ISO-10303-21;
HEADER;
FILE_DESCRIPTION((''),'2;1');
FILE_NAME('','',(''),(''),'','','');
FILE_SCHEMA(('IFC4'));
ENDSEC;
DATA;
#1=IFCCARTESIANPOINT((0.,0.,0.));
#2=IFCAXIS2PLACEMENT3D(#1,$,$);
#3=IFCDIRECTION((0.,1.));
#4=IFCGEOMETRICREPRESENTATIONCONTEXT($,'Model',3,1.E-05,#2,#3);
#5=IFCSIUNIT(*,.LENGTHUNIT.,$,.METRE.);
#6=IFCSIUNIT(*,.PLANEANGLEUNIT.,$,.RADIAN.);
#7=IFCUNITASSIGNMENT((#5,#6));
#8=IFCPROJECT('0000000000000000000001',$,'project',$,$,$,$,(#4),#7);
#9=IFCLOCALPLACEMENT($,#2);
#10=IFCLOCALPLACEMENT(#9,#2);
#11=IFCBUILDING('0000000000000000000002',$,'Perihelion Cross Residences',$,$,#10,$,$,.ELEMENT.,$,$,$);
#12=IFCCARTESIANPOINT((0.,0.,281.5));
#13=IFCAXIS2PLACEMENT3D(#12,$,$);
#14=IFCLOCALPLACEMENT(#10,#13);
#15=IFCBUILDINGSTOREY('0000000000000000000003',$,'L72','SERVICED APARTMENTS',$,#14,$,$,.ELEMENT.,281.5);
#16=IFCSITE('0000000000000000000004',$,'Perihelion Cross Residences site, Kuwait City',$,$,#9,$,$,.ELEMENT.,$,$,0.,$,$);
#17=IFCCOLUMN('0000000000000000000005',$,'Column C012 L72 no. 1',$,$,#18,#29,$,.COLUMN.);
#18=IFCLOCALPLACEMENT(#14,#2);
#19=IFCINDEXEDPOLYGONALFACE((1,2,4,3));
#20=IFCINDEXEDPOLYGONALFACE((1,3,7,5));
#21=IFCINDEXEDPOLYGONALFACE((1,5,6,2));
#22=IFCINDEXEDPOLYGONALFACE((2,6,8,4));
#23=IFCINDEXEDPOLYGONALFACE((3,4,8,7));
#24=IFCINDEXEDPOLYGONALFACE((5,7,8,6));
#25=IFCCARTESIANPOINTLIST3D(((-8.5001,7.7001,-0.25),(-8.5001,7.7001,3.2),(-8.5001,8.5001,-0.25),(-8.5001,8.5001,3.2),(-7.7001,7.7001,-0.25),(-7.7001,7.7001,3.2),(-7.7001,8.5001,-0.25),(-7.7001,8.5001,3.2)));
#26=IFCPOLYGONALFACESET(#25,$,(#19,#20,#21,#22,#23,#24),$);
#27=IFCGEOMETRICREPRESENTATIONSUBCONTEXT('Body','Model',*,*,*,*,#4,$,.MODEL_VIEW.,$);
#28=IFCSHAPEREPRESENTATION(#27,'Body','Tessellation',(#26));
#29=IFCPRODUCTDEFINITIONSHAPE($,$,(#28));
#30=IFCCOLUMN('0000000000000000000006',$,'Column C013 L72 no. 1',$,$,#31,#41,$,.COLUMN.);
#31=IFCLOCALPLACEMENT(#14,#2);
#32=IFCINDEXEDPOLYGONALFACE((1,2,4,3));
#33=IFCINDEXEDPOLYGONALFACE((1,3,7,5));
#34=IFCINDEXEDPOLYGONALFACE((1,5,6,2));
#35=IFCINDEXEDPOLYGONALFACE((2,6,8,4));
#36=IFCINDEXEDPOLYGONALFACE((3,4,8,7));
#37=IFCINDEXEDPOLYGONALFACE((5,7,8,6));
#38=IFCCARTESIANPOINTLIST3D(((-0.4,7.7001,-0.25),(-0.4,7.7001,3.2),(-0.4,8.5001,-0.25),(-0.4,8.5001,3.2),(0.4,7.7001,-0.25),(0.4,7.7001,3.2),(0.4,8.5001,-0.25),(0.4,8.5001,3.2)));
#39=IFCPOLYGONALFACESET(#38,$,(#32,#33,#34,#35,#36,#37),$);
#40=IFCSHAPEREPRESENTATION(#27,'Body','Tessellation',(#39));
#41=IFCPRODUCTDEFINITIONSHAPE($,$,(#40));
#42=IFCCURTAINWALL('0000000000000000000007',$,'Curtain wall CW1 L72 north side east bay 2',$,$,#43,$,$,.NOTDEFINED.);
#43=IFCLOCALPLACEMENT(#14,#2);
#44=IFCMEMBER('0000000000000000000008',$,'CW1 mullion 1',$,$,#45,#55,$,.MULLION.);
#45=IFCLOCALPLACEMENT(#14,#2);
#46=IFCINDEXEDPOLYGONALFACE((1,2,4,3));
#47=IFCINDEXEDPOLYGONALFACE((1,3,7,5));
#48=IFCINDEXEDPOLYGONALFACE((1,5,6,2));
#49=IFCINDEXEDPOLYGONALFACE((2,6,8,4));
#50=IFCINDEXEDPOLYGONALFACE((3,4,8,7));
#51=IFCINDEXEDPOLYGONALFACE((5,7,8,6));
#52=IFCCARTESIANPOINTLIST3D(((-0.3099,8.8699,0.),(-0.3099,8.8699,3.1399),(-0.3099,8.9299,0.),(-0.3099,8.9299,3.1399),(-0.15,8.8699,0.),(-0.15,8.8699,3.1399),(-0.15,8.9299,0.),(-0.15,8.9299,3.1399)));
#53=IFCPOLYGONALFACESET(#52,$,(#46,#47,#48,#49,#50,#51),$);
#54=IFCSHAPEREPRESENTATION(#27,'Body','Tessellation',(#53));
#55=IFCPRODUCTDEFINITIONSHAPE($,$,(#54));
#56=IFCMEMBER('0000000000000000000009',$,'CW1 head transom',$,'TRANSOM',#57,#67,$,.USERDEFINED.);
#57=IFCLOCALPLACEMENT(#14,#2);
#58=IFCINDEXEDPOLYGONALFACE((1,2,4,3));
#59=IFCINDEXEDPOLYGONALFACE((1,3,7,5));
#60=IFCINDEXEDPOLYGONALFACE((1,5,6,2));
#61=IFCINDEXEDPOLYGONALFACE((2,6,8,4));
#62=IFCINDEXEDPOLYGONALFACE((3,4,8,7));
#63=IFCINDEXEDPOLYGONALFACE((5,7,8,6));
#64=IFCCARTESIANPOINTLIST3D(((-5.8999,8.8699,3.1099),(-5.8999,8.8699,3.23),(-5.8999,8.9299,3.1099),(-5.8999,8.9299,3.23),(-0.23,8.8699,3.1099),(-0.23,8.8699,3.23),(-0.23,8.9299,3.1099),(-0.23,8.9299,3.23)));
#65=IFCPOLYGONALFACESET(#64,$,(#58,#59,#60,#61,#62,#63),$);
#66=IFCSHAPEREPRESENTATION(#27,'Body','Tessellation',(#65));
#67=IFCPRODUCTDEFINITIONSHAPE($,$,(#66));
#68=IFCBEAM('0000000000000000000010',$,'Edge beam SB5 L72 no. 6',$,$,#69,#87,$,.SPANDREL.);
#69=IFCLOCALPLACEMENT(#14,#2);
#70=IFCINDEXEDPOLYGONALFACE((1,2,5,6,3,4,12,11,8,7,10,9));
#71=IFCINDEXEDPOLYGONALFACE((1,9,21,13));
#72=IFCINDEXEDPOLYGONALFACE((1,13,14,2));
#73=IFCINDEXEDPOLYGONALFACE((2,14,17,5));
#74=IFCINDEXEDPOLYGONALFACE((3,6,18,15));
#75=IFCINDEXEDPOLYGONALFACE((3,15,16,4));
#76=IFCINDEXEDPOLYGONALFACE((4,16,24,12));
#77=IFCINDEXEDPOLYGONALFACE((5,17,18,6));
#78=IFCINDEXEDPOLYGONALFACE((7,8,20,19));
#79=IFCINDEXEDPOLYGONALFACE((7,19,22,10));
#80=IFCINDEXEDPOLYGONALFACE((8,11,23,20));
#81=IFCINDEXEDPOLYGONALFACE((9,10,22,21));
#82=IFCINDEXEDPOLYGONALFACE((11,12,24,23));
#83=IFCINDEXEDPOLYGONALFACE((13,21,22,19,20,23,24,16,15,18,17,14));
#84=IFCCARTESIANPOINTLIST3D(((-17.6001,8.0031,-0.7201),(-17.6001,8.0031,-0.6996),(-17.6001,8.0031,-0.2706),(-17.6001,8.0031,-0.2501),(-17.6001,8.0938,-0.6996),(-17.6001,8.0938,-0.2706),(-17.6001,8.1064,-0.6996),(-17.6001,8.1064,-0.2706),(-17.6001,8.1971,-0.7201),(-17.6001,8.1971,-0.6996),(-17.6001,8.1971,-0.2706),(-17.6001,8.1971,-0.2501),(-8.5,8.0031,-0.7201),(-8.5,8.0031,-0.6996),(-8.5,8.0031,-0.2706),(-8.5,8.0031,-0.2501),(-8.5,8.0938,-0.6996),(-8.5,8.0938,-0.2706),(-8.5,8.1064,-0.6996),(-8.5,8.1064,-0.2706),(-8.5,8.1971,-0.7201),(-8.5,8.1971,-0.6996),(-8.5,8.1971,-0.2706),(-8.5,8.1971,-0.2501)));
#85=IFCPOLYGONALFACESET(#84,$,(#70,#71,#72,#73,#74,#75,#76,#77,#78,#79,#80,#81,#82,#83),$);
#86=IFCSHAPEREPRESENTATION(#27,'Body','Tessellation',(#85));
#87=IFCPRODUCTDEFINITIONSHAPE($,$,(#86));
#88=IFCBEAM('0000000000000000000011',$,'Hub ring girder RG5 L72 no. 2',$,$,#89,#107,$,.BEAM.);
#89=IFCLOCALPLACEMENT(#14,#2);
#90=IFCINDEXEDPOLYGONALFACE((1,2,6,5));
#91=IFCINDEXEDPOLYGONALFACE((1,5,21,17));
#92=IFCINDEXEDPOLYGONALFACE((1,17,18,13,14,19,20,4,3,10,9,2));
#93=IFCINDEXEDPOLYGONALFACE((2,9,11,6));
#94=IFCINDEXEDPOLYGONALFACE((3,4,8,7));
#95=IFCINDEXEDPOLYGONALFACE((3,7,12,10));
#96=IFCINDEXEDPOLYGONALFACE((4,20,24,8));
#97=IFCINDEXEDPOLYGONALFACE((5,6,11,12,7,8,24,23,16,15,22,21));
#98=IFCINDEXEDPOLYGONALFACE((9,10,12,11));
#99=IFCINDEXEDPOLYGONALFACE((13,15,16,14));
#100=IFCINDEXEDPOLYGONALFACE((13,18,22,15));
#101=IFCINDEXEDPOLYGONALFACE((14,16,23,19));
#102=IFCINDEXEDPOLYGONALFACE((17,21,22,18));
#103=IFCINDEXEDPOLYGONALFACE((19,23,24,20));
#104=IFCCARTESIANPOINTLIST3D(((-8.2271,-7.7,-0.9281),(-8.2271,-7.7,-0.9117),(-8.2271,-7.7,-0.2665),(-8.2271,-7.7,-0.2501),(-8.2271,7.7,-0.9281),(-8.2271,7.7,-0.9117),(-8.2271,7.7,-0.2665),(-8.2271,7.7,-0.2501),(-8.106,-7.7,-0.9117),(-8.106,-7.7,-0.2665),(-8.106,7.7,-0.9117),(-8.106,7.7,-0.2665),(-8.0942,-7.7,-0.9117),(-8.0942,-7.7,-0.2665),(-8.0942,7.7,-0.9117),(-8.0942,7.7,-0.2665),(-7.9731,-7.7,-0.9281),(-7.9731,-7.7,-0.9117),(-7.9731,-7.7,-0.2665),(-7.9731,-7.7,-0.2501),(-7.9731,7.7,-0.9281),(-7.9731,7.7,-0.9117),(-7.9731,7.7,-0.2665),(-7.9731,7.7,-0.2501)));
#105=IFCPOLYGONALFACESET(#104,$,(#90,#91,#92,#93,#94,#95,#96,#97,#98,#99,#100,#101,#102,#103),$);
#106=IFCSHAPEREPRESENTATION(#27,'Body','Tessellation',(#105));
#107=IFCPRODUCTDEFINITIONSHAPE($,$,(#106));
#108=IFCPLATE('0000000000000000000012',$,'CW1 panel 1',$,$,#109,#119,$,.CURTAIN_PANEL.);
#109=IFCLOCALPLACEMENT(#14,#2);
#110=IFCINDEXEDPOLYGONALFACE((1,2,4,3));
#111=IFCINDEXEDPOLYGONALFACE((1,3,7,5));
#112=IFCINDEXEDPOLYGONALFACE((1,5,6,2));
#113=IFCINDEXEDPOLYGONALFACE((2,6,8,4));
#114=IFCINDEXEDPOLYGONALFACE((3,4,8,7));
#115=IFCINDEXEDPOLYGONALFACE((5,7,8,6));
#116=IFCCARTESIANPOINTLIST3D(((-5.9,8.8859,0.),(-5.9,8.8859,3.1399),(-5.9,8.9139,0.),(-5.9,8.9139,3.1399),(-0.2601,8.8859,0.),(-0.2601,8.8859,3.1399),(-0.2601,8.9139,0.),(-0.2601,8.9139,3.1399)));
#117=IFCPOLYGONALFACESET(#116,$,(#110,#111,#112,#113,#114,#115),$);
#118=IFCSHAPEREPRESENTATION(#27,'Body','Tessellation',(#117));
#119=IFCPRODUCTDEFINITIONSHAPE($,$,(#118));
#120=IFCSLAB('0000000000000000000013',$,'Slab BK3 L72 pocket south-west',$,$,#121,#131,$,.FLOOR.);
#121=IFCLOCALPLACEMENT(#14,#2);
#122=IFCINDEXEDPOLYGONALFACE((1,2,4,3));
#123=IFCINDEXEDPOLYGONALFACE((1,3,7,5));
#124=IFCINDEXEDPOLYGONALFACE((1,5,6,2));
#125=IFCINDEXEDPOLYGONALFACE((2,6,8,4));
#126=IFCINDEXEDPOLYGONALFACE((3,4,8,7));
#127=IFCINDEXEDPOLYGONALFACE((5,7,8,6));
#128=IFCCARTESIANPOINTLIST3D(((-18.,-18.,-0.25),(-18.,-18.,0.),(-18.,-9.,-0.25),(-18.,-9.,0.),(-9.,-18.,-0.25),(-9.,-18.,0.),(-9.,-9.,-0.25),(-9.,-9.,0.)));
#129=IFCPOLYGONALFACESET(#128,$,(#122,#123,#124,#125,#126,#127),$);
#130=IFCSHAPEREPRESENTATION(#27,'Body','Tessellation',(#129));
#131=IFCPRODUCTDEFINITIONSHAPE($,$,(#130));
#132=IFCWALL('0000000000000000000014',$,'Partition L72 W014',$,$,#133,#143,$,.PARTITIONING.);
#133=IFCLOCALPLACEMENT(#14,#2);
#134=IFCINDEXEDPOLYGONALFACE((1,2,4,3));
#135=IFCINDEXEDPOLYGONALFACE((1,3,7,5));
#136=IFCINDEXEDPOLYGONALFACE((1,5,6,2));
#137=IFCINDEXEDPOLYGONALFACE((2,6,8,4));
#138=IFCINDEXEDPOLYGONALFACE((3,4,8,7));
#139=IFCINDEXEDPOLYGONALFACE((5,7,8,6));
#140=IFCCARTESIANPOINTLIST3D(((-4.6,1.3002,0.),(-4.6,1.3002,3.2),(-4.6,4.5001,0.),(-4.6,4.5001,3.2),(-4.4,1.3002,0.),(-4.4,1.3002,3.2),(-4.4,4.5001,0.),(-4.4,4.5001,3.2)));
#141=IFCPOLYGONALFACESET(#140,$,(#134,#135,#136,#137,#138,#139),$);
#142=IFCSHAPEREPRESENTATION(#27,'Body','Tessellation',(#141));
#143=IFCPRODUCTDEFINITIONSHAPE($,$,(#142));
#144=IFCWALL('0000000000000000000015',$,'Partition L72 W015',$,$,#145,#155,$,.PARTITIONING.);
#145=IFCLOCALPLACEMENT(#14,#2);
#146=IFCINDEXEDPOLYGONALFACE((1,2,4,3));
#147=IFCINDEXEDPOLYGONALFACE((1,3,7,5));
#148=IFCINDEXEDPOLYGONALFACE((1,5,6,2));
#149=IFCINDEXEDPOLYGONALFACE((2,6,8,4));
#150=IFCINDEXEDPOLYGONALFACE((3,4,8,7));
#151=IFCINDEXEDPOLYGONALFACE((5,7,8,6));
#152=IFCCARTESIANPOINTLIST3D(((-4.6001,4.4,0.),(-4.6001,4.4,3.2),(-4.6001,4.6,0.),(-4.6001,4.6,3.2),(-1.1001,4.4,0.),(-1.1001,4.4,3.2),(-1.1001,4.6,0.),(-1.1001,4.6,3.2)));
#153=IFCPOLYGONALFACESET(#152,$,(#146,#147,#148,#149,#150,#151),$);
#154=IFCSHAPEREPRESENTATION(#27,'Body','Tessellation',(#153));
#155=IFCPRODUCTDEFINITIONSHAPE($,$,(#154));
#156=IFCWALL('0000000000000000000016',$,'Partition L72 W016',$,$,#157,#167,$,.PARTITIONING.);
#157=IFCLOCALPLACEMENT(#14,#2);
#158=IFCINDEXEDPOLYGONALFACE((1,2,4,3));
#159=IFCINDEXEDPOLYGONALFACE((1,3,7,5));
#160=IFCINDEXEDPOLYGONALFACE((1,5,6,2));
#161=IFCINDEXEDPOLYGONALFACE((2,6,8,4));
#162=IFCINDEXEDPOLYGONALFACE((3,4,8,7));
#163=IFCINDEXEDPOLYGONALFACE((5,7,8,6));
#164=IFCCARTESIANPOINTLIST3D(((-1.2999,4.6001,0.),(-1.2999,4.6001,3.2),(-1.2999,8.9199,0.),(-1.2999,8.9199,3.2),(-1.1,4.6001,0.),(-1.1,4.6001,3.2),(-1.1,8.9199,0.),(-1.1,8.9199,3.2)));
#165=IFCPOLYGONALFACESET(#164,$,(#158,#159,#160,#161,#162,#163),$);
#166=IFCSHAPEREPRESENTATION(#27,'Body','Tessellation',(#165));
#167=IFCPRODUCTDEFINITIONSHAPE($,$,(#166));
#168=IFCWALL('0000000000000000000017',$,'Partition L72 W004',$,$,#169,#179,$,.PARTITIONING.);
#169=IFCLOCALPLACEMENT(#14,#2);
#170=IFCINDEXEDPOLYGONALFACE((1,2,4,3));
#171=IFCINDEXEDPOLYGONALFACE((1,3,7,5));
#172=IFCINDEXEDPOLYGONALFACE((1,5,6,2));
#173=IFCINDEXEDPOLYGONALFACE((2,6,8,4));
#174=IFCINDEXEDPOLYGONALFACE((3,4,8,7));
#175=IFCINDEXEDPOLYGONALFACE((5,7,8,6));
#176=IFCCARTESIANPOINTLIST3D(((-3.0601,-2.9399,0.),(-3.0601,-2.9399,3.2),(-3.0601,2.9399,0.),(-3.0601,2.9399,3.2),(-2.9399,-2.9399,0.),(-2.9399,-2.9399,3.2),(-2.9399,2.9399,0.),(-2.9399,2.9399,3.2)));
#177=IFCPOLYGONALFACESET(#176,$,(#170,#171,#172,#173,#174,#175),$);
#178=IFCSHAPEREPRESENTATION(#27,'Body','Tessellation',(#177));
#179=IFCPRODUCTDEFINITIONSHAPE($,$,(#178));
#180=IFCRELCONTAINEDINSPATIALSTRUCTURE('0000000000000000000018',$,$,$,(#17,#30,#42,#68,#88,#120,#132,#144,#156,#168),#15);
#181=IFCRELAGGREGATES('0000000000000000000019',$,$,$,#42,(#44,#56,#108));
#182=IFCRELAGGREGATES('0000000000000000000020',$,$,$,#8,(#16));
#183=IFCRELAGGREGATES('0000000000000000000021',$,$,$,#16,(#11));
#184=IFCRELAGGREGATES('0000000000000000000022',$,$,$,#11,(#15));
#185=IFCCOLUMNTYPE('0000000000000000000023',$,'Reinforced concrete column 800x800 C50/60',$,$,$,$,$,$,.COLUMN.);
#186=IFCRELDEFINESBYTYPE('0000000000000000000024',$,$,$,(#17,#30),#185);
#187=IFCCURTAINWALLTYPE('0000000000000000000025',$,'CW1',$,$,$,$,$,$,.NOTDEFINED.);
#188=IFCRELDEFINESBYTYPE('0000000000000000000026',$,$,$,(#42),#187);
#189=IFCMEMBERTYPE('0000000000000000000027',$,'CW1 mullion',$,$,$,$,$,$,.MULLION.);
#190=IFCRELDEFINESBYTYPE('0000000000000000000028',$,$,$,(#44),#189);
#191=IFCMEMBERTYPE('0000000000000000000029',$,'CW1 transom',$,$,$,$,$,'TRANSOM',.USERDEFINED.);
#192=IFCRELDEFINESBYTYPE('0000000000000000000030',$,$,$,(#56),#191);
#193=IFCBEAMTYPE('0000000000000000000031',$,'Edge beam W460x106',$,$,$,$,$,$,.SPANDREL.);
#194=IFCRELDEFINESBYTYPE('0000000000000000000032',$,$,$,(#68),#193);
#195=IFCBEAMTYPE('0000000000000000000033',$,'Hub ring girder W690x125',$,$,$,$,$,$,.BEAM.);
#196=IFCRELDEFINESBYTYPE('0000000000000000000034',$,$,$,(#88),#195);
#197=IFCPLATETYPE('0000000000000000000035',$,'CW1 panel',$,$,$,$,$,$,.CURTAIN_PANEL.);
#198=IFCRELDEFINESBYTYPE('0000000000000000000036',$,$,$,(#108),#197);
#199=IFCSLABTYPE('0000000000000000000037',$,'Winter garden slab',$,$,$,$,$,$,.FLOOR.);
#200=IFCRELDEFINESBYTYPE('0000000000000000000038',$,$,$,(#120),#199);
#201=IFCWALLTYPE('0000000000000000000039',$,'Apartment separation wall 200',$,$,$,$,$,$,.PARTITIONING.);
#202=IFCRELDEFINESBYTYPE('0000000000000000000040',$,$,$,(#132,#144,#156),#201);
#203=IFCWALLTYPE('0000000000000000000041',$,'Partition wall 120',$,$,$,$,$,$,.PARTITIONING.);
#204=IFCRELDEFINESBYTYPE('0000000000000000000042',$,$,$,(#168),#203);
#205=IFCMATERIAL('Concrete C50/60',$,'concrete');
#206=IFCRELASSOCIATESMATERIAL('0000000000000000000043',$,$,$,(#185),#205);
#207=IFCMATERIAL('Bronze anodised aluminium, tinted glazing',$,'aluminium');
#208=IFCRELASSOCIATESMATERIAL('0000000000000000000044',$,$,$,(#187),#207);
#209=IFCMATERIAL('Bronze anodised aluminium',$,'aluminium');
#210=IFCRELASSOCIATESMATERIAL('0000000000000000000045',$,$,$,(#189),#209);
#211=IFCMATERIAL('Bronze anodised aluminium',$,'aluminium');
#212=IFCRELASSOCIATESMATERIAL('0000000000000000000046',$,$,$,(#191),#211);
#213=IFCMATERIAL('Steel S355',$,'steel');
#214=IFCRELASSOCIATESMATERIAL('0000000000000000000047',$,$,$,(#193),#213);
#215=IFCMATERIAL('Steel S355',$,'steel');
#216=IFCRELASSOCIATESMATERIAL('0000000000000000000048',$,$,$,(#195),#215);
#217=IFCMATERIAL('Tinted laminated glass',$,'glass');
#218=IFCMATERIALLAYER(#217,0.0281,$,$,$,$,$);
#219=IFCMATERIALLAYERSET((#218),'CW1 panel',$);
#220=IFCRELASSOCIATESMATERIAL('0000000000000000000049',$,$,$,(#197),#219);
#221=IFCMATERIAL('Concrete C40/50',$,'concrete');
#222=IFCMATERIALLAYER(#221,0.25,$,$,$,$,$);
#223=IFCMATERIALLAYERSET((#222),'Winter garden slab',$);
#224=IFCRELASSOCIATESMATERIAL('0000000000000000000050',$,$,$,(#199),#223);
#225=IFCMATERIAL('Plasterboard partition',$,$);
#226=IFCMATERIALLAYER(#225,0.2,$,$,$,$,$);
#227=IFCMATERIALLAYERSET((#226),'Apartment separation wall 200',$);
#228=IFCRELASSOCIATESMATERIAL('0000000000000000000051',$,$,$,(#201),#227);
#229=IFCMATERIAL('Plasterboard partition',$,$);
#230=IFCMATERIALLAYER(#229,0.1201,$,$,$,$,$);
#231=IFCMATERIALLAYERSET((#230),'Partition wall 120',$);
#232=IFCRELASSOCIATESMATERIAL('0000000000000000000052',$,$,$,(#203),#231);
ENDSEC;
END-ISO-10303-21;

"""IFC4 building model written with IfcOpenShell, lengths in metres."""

from ifc_helpers import new_model, si_unit, direction, frame, frame_2d, origin, origin_2d, place, context, subcontext, project, spatial, polyline, rectangle, i_section, outline, extrude, material, layer, layer_set, material_profile, profile_set, type_object, element, aggregate, save


model = new_model("IFC4")

# Units and contexts
model_context = context("Model", 3, precision=1e-05, world=origin(), true_north=direction((0.0, 1.0)))
body_context = subcontext(model_context, "Body", "Model", "MODEL_VIEW")
ifc_project = project(units=[si_unit("LENGTHUNIT", "METRE"), si_unit("PLANEANGLEUNIT", "RADIAN")], contexts=[model_context])

# Site, building, storey
site_placement = place(None, origin())
site = spatial("IfcSite", under=ifc_project, at=site_placement, Name="Perihelion Cross Residences site, Kuwait City", CompositionType="ELEMENT", RefElevation=0.0)
building_placement = place(site_placement, origin())
building = spatial("IfcBuilding", under=site, at=building_placement, Name="Perihelion Cross Residences", CompositionType="ELEMENT")
storey_placement = place(building_placement, frame((0.0, 0.0, 281.5)))
storey = spatial("IfcBuildingStorey", under=building, at=storey_placement, Name="L72", Description="SERVICED APARTMENTS", CompositionType="ELEMENT", Elevation=281.5)

# Columns
ifc_material_1 = material(Name="Concrete C50/60", Category="concrete")
ifc_material_profile_1 = material_profile(ifc_material_1, rectangle(XDim=0.8, YDim=0.8, at=origin_2d()), Name="RC 800x800")
ifc_profile_set_1 = profile_set([ifc_material_profile_1], Name="Concrete C50/60")
column_type = type_object("IfcColumnType", Name="Reinforced concrete column 800x800 C50/60", PredefinedType="COLUMN", material=ifc_profile_set_1)
for number, where, z_axis, x_axis, name in (
    (1, (-8.1001, 8.1001, -0.25), (0.0, 0.0, 1.0), (1.0, 0.0, 0.0), "Column C012 L72 no. 1"),
    (2, (0.0, 8.1001, -0.25), (0.0, 0.0, 1.0), (1.0, 0.0, 0.0), "Column C013 L72 no. 1"),
):
    element("IfcColumn", number, at=place(storey_placement, frame(where, z_axis=z_axis, x_axis=x_axis)), inside=storey, type_object=column_type, Name=name, PredefinedType="COLUMN", context=body_context, shape_type="SweptSolid", body=[
        extrude(rectangle(XDim=0.8, YDim=0.8, at=origin_2d()), origin(), (0.0, 0.0, 1.0), 3.45),
    ])

# Curtain wall, members
ifc_material_2 = material(Name="Bronze anodised aluminium, tinted glazing", Category="aluminium")
curtain_wall_type = type_object("IfcCurtainWallType", Name="CW1", PredefinedType="NOTDEFINED", material=ifc_material_2)
curtain_wall_placement = place(storey_placement, origin())
curtain_wall = element("IfcCurtainWall", 3, at=curtain_wall_placement, inside=storey, type_object=curtain_wall_type, Name="Curtain wall CW1 L72 north side east bay 2", PredefinedType="NOTDEFINED")
ifc_material_3 = material(Name="Bronze anodised aluminium", Category="aluminium")
ifc_material_profile_2 = material_profile(ifc_material_3, rectangle(XDim=0.0601, YDim=0.1599, at=origin_2d()), Name="CW1 mullion")
ifc_profile_set_2 = profile_set([ifc_material_profile_2], Name="Bronze anodised aluminium")
member_type_1 = type_object("IfcMemberType", Name="CW1 mullion", PredefinedType="MULLION", material=ifc_profile_set_2)
member_1_placement = place(storey_placement, frame((-0.23, 8.8999, 0.0), z_axis=(0.0, 0.0, 1.0), x_axis=(0.0, -1.0, 0.0)))
member_1 = element("IfcMember", 4, at=member_1_placement, type_object=member_type_1, Name="CW1 mullion 1", PredefinedType="MULLION", context=body_context, shape_type="SweptSolid", body=[
    extrude(rectangle(XDim=0.0601, YDim=0.1599, at=origin_2d()), origin(), (0.0, 0.0, 1.0), 3.1399),
])
ifc_material_4 = material(Name="Bronze anodised aluminium", Category="aluminium")
ifc_material_profile_3 = material_profile(ifc_material_4, rectangle(XDim=0.0601, YDim=0.1201, at=origin_2d()), Name="CW1 transom")
ifc_profile_set_3 = profile_set([ifc_material_profile_3], Name="Bronze anodised aluminium")
member_type_2 = type_object("IfcMemberType", Name="CW1 transom", ElementType="TRANSOM", PredefinedType="USERDEFINED", material=ifc_profile_set_3)
member_2_placement = place(storey_placement, frame((-0.23, 8.8999, 3.1699), z_axis=(-1.0, 0.0, 0.0), x_axis=(0.0, -1.0, 0.0)))
member_2 = element("IfcMember", 5, at=member_2_placement, type_object=member_type_2, Name="CW1 head transom", ObjectType="TRANSOM", PredefinedType="USERDEFINED", context=body_context, shape_type="SweptSolid", body=[
    extrude(rectangle(XDim=0.0601, YDim=0.1201, at=origin_2d()), origin(), (0.0, 0.0, 1.0), 5.6699),
])

# Beams
ifc_material_5 = material(Name="Steel S355", Category="steel")
ifc_material_profile_4 = material_profile(ifc_material_5, i_section(OverallWidth=0.1941, OverallDepth=0.47, WebThickness=0.0127, FlangeThickness=0.0205, at=origin_2d()), Name="W460x106")
ifc_profile_set_4 = profile_set([ifc_material_profile_4], Name="Steel S355")
beam_type_1 = type_object("IfcBeamType", Name="Edge beam W460x106", PredefinedType="SPANDREL", material=ifc_profile_set_4)
beam_1_placement = place(storey_placement, frame((-8.5, 8.1001, -0.4851), z_axis=(-1.0, 0.0, 0.0), x_axis=(0.0, -1.0, 0.0)))
element("IfcBeam", 6, at=beam_1_placement, inside=storey, type_object=beam_type_1, Name="Edge beam SB5 L72 no. 6", PredefinedType="SPANDREL", context=body_context, shape_type="SweptSolid", body=[
    extrude(i_section(OverallWidth=0.1941, OverallDepth=0.47, WebThickness=0.0127, FlangeThickness=0.0205, at=origin_2d()), origin(), (0.0, 0.0, 1.0), 9.1001),
])
ifc_material_6 = material(Name="Steel S355", Category="steel")
ifc_material_profile_5 = material_profile(ifc_material_6, i_section(OverallWidth=0.2539, OverallDepth=0.678, WebThickness=0.0117, FlangeThickness=0.0164, at=origin_2d()), Name="W690x125")
ifc_profile_set_5 = profile_set([ifc_material_profile_5], Name="Steel S355")
beam_type_2 = type_object("IfcBeamType", Name="Hub ring girder W690x125", PredefinedType="BEAM", material=ifc_profile_set_5)
beam_2_placement = place(storey_placement, frame((-8.1001, 7.7, -0.5891), z_axis=(0.0, -1.0, 0.0), x_axis=(1.0, 0.0, 0.0)))
element("IfcBeam", 7, at=beam_2_placement, inside=storey, type_object=beam_type_2, Name="Hub ring girder RG5 L72 no. 2", PredefinedType="BEAM", context=body_context, shape_type="SweptSolid", body=[
    extrude(i_section(OverallWidth=0.2539, OverallDepth=0.678, WebThickness=0.0117, FlangeThickness=0.0164, at=origin_2d()), origin(), (0.0, 0.0, 1.0), 15.3999),
])

# Plate
ifc_material_7 = material(Name="Tinted laminated glass", Category="glass")
ifc_layer_1 = layer(ifc_material_7, 0.0281)
ifc_layer_set_1 = layer_set([ifc_layer_1], Name="CW1 panel")
plate_type = type_object("IfcPlateType", Name="CW1 panel", PredefinedType="CURTAIN_PANEL", material=ifc_layer_set_1)
plate_placement = place(storey_placement, frame((-3.0801, 8.8999, 0.0), z_axis=(0.0, 0.0, 1.0), x_axis=(-1.0, 0.0, 0.0)))
plate = element("IfcPlate", 8, at=plate_placement, type_object=plate_type, Name="CW1 panel 1", PredefinedType="CURTAIN_PANEL", context=body_context, shape_type="SweptSolid", body=[
    extrude(rectangle(XDim=5.6399, YDim=0.0281, at=origin_2d()), origin(), (0.0, 0.0, 1.0), 3.1399),
])
aggregate(curtain_wall, [member_1, member_2, plate])

# Slab
ifc_material_8 = material(Name="Concrete C40/50", Category="concrete")
ifc_layer_2 = layer(ifc_material_8, 0.25)
ifc_layer_set_2 = layer_set([ifc_layer_2], Name="Winter garden slab")
slab_type = type_object("IfcSlabType", Name="Winter garden slab", PredefinedType="FLOOR", material=ifc_layer_set_2)
slab_placement = place(storey_placement, frame((0.0, 0.0, -0.25)))
element("IfcSlab", 9, at=slab_placement, inside=storey, type_object=slab_type, Name="Slab BK3 L72 pocket south-west", PredefinedType="FLOOR", context=body_context, shape_type="SweptSolid", body=[
    extrude(outline(polyline([(-9.0, -18.0), (-9.0, -9.0), (-18.0, -9.0), (-18.0, -18.0), (-9.0, -18.0)])), origin(), (0.0, 0.0, 1.0), 0.25),
])

# Walls
ifc_material_9 = material(Name="Plasterboard partition")
ifc_layer_3 = layer(ifc_material_9, 0.2)
ifc_layer_set_3 = layer_set([ifc_layer_3], Name="Apartment separation wall 200")
wall_type_1 = type_object("IfcWallType", Name="Apartment separation wall 200", PredefinedType="PARTITIONING", material=ifc_layer_set_3)
wall_1_placement = place(storey_placement, frame((-4.5, 1.3, 0.0), z_axis=(0.0, 0.0, 1.0), x_axis=(0.0, 1.0, 0.0)))
element("IfcWall", 10, at=wall_1_placement, inside=storey, type_object=wall_type_1, Name="Partition L72 W014", PredefinedType="PARTITIONING", context=body_context, shape_type="SweptSolid", body=[
    extrude(rectangle(XDim=3.2, YDim=0.2, at=frame_2d((1.6001, 0.0))), origin(), (0.0, 0.0, 1.0), 3.2),
])
wall_2_placement = place(storey_placement, frame((-4.6001, 4.5, 0.0), z_axis=(0.0, 0.0, 1.0), x_axis=(1.0, 0.0, 0.0)))
element("IfcWall", 11, at=wall_2_placement, inside=storey, type_object=wall_type_1, Name="Partition L72 W015", PredefinedType="PARTITIONING", context=body_context, shape_type="SweptSolid", body=[
    extrude(rectangle(XDim=3.5, YDim=0.2, at=frame_2d((1.75, 0.0))), origin(), (0.0, 0.0, 1.0), 3.2),
])
wall_3_placement = place(storey_placement, frame((-1.2, 4.6001, 0.0), z_axis=(0.0, 0.0, 1.0), x_axis=(0.0, 1.0, 0.0)))
element("IfcWall", 12, at=wall_3_placement, inside=storey, type_object=wall_type_1, Name="Partition L72 W016", PredefinedType="PARTITIONING", context=body_context, shape_type="SweptSolid", body=[
    extrude(rectangle(XDim=4.3198, YDim=0.2, at=frame_2d((2.1599, 0.0))), origin(), (0.0, 0.0, 1.0), 3.2),
])

# Wall
ifc_material_10 = material(Name="Plasterboard partition")
ifc_layer_4 = layer(ifc_material_10, 0.1201)
ifc_layer_set_4 = layer_set([ifc_layer_4], Name="Partition wall 120")
wall_type_2 = type_object("IfcWallType", Name="Partition wall 120", PredefinedType="PARTITIONING", material=ifc_layer_set_4)
wall_4_placement = place(storey_placement, frame((-3.0, 2.9399, 0.0), z_axis=(0.0, 0.0, 1.0), x_axis=(0.0, -1.0, 0.0)))
element("IfcWall", 13, at=wall_4_placement, inside=storey, type_object=wall_type_2, Name="Partition L72 W004", PredefinedType="PARTITIONING", context=body_context, shape_type="SweptSolid", body=[
    extrude(rectangle(XDim=5.8799, YDim=0.1201, at=frame_2d((2.9399, 0.0))), origin(), (0.0, 0.0, 1.0), 3.2),
])

save(model, "model.ifc")
